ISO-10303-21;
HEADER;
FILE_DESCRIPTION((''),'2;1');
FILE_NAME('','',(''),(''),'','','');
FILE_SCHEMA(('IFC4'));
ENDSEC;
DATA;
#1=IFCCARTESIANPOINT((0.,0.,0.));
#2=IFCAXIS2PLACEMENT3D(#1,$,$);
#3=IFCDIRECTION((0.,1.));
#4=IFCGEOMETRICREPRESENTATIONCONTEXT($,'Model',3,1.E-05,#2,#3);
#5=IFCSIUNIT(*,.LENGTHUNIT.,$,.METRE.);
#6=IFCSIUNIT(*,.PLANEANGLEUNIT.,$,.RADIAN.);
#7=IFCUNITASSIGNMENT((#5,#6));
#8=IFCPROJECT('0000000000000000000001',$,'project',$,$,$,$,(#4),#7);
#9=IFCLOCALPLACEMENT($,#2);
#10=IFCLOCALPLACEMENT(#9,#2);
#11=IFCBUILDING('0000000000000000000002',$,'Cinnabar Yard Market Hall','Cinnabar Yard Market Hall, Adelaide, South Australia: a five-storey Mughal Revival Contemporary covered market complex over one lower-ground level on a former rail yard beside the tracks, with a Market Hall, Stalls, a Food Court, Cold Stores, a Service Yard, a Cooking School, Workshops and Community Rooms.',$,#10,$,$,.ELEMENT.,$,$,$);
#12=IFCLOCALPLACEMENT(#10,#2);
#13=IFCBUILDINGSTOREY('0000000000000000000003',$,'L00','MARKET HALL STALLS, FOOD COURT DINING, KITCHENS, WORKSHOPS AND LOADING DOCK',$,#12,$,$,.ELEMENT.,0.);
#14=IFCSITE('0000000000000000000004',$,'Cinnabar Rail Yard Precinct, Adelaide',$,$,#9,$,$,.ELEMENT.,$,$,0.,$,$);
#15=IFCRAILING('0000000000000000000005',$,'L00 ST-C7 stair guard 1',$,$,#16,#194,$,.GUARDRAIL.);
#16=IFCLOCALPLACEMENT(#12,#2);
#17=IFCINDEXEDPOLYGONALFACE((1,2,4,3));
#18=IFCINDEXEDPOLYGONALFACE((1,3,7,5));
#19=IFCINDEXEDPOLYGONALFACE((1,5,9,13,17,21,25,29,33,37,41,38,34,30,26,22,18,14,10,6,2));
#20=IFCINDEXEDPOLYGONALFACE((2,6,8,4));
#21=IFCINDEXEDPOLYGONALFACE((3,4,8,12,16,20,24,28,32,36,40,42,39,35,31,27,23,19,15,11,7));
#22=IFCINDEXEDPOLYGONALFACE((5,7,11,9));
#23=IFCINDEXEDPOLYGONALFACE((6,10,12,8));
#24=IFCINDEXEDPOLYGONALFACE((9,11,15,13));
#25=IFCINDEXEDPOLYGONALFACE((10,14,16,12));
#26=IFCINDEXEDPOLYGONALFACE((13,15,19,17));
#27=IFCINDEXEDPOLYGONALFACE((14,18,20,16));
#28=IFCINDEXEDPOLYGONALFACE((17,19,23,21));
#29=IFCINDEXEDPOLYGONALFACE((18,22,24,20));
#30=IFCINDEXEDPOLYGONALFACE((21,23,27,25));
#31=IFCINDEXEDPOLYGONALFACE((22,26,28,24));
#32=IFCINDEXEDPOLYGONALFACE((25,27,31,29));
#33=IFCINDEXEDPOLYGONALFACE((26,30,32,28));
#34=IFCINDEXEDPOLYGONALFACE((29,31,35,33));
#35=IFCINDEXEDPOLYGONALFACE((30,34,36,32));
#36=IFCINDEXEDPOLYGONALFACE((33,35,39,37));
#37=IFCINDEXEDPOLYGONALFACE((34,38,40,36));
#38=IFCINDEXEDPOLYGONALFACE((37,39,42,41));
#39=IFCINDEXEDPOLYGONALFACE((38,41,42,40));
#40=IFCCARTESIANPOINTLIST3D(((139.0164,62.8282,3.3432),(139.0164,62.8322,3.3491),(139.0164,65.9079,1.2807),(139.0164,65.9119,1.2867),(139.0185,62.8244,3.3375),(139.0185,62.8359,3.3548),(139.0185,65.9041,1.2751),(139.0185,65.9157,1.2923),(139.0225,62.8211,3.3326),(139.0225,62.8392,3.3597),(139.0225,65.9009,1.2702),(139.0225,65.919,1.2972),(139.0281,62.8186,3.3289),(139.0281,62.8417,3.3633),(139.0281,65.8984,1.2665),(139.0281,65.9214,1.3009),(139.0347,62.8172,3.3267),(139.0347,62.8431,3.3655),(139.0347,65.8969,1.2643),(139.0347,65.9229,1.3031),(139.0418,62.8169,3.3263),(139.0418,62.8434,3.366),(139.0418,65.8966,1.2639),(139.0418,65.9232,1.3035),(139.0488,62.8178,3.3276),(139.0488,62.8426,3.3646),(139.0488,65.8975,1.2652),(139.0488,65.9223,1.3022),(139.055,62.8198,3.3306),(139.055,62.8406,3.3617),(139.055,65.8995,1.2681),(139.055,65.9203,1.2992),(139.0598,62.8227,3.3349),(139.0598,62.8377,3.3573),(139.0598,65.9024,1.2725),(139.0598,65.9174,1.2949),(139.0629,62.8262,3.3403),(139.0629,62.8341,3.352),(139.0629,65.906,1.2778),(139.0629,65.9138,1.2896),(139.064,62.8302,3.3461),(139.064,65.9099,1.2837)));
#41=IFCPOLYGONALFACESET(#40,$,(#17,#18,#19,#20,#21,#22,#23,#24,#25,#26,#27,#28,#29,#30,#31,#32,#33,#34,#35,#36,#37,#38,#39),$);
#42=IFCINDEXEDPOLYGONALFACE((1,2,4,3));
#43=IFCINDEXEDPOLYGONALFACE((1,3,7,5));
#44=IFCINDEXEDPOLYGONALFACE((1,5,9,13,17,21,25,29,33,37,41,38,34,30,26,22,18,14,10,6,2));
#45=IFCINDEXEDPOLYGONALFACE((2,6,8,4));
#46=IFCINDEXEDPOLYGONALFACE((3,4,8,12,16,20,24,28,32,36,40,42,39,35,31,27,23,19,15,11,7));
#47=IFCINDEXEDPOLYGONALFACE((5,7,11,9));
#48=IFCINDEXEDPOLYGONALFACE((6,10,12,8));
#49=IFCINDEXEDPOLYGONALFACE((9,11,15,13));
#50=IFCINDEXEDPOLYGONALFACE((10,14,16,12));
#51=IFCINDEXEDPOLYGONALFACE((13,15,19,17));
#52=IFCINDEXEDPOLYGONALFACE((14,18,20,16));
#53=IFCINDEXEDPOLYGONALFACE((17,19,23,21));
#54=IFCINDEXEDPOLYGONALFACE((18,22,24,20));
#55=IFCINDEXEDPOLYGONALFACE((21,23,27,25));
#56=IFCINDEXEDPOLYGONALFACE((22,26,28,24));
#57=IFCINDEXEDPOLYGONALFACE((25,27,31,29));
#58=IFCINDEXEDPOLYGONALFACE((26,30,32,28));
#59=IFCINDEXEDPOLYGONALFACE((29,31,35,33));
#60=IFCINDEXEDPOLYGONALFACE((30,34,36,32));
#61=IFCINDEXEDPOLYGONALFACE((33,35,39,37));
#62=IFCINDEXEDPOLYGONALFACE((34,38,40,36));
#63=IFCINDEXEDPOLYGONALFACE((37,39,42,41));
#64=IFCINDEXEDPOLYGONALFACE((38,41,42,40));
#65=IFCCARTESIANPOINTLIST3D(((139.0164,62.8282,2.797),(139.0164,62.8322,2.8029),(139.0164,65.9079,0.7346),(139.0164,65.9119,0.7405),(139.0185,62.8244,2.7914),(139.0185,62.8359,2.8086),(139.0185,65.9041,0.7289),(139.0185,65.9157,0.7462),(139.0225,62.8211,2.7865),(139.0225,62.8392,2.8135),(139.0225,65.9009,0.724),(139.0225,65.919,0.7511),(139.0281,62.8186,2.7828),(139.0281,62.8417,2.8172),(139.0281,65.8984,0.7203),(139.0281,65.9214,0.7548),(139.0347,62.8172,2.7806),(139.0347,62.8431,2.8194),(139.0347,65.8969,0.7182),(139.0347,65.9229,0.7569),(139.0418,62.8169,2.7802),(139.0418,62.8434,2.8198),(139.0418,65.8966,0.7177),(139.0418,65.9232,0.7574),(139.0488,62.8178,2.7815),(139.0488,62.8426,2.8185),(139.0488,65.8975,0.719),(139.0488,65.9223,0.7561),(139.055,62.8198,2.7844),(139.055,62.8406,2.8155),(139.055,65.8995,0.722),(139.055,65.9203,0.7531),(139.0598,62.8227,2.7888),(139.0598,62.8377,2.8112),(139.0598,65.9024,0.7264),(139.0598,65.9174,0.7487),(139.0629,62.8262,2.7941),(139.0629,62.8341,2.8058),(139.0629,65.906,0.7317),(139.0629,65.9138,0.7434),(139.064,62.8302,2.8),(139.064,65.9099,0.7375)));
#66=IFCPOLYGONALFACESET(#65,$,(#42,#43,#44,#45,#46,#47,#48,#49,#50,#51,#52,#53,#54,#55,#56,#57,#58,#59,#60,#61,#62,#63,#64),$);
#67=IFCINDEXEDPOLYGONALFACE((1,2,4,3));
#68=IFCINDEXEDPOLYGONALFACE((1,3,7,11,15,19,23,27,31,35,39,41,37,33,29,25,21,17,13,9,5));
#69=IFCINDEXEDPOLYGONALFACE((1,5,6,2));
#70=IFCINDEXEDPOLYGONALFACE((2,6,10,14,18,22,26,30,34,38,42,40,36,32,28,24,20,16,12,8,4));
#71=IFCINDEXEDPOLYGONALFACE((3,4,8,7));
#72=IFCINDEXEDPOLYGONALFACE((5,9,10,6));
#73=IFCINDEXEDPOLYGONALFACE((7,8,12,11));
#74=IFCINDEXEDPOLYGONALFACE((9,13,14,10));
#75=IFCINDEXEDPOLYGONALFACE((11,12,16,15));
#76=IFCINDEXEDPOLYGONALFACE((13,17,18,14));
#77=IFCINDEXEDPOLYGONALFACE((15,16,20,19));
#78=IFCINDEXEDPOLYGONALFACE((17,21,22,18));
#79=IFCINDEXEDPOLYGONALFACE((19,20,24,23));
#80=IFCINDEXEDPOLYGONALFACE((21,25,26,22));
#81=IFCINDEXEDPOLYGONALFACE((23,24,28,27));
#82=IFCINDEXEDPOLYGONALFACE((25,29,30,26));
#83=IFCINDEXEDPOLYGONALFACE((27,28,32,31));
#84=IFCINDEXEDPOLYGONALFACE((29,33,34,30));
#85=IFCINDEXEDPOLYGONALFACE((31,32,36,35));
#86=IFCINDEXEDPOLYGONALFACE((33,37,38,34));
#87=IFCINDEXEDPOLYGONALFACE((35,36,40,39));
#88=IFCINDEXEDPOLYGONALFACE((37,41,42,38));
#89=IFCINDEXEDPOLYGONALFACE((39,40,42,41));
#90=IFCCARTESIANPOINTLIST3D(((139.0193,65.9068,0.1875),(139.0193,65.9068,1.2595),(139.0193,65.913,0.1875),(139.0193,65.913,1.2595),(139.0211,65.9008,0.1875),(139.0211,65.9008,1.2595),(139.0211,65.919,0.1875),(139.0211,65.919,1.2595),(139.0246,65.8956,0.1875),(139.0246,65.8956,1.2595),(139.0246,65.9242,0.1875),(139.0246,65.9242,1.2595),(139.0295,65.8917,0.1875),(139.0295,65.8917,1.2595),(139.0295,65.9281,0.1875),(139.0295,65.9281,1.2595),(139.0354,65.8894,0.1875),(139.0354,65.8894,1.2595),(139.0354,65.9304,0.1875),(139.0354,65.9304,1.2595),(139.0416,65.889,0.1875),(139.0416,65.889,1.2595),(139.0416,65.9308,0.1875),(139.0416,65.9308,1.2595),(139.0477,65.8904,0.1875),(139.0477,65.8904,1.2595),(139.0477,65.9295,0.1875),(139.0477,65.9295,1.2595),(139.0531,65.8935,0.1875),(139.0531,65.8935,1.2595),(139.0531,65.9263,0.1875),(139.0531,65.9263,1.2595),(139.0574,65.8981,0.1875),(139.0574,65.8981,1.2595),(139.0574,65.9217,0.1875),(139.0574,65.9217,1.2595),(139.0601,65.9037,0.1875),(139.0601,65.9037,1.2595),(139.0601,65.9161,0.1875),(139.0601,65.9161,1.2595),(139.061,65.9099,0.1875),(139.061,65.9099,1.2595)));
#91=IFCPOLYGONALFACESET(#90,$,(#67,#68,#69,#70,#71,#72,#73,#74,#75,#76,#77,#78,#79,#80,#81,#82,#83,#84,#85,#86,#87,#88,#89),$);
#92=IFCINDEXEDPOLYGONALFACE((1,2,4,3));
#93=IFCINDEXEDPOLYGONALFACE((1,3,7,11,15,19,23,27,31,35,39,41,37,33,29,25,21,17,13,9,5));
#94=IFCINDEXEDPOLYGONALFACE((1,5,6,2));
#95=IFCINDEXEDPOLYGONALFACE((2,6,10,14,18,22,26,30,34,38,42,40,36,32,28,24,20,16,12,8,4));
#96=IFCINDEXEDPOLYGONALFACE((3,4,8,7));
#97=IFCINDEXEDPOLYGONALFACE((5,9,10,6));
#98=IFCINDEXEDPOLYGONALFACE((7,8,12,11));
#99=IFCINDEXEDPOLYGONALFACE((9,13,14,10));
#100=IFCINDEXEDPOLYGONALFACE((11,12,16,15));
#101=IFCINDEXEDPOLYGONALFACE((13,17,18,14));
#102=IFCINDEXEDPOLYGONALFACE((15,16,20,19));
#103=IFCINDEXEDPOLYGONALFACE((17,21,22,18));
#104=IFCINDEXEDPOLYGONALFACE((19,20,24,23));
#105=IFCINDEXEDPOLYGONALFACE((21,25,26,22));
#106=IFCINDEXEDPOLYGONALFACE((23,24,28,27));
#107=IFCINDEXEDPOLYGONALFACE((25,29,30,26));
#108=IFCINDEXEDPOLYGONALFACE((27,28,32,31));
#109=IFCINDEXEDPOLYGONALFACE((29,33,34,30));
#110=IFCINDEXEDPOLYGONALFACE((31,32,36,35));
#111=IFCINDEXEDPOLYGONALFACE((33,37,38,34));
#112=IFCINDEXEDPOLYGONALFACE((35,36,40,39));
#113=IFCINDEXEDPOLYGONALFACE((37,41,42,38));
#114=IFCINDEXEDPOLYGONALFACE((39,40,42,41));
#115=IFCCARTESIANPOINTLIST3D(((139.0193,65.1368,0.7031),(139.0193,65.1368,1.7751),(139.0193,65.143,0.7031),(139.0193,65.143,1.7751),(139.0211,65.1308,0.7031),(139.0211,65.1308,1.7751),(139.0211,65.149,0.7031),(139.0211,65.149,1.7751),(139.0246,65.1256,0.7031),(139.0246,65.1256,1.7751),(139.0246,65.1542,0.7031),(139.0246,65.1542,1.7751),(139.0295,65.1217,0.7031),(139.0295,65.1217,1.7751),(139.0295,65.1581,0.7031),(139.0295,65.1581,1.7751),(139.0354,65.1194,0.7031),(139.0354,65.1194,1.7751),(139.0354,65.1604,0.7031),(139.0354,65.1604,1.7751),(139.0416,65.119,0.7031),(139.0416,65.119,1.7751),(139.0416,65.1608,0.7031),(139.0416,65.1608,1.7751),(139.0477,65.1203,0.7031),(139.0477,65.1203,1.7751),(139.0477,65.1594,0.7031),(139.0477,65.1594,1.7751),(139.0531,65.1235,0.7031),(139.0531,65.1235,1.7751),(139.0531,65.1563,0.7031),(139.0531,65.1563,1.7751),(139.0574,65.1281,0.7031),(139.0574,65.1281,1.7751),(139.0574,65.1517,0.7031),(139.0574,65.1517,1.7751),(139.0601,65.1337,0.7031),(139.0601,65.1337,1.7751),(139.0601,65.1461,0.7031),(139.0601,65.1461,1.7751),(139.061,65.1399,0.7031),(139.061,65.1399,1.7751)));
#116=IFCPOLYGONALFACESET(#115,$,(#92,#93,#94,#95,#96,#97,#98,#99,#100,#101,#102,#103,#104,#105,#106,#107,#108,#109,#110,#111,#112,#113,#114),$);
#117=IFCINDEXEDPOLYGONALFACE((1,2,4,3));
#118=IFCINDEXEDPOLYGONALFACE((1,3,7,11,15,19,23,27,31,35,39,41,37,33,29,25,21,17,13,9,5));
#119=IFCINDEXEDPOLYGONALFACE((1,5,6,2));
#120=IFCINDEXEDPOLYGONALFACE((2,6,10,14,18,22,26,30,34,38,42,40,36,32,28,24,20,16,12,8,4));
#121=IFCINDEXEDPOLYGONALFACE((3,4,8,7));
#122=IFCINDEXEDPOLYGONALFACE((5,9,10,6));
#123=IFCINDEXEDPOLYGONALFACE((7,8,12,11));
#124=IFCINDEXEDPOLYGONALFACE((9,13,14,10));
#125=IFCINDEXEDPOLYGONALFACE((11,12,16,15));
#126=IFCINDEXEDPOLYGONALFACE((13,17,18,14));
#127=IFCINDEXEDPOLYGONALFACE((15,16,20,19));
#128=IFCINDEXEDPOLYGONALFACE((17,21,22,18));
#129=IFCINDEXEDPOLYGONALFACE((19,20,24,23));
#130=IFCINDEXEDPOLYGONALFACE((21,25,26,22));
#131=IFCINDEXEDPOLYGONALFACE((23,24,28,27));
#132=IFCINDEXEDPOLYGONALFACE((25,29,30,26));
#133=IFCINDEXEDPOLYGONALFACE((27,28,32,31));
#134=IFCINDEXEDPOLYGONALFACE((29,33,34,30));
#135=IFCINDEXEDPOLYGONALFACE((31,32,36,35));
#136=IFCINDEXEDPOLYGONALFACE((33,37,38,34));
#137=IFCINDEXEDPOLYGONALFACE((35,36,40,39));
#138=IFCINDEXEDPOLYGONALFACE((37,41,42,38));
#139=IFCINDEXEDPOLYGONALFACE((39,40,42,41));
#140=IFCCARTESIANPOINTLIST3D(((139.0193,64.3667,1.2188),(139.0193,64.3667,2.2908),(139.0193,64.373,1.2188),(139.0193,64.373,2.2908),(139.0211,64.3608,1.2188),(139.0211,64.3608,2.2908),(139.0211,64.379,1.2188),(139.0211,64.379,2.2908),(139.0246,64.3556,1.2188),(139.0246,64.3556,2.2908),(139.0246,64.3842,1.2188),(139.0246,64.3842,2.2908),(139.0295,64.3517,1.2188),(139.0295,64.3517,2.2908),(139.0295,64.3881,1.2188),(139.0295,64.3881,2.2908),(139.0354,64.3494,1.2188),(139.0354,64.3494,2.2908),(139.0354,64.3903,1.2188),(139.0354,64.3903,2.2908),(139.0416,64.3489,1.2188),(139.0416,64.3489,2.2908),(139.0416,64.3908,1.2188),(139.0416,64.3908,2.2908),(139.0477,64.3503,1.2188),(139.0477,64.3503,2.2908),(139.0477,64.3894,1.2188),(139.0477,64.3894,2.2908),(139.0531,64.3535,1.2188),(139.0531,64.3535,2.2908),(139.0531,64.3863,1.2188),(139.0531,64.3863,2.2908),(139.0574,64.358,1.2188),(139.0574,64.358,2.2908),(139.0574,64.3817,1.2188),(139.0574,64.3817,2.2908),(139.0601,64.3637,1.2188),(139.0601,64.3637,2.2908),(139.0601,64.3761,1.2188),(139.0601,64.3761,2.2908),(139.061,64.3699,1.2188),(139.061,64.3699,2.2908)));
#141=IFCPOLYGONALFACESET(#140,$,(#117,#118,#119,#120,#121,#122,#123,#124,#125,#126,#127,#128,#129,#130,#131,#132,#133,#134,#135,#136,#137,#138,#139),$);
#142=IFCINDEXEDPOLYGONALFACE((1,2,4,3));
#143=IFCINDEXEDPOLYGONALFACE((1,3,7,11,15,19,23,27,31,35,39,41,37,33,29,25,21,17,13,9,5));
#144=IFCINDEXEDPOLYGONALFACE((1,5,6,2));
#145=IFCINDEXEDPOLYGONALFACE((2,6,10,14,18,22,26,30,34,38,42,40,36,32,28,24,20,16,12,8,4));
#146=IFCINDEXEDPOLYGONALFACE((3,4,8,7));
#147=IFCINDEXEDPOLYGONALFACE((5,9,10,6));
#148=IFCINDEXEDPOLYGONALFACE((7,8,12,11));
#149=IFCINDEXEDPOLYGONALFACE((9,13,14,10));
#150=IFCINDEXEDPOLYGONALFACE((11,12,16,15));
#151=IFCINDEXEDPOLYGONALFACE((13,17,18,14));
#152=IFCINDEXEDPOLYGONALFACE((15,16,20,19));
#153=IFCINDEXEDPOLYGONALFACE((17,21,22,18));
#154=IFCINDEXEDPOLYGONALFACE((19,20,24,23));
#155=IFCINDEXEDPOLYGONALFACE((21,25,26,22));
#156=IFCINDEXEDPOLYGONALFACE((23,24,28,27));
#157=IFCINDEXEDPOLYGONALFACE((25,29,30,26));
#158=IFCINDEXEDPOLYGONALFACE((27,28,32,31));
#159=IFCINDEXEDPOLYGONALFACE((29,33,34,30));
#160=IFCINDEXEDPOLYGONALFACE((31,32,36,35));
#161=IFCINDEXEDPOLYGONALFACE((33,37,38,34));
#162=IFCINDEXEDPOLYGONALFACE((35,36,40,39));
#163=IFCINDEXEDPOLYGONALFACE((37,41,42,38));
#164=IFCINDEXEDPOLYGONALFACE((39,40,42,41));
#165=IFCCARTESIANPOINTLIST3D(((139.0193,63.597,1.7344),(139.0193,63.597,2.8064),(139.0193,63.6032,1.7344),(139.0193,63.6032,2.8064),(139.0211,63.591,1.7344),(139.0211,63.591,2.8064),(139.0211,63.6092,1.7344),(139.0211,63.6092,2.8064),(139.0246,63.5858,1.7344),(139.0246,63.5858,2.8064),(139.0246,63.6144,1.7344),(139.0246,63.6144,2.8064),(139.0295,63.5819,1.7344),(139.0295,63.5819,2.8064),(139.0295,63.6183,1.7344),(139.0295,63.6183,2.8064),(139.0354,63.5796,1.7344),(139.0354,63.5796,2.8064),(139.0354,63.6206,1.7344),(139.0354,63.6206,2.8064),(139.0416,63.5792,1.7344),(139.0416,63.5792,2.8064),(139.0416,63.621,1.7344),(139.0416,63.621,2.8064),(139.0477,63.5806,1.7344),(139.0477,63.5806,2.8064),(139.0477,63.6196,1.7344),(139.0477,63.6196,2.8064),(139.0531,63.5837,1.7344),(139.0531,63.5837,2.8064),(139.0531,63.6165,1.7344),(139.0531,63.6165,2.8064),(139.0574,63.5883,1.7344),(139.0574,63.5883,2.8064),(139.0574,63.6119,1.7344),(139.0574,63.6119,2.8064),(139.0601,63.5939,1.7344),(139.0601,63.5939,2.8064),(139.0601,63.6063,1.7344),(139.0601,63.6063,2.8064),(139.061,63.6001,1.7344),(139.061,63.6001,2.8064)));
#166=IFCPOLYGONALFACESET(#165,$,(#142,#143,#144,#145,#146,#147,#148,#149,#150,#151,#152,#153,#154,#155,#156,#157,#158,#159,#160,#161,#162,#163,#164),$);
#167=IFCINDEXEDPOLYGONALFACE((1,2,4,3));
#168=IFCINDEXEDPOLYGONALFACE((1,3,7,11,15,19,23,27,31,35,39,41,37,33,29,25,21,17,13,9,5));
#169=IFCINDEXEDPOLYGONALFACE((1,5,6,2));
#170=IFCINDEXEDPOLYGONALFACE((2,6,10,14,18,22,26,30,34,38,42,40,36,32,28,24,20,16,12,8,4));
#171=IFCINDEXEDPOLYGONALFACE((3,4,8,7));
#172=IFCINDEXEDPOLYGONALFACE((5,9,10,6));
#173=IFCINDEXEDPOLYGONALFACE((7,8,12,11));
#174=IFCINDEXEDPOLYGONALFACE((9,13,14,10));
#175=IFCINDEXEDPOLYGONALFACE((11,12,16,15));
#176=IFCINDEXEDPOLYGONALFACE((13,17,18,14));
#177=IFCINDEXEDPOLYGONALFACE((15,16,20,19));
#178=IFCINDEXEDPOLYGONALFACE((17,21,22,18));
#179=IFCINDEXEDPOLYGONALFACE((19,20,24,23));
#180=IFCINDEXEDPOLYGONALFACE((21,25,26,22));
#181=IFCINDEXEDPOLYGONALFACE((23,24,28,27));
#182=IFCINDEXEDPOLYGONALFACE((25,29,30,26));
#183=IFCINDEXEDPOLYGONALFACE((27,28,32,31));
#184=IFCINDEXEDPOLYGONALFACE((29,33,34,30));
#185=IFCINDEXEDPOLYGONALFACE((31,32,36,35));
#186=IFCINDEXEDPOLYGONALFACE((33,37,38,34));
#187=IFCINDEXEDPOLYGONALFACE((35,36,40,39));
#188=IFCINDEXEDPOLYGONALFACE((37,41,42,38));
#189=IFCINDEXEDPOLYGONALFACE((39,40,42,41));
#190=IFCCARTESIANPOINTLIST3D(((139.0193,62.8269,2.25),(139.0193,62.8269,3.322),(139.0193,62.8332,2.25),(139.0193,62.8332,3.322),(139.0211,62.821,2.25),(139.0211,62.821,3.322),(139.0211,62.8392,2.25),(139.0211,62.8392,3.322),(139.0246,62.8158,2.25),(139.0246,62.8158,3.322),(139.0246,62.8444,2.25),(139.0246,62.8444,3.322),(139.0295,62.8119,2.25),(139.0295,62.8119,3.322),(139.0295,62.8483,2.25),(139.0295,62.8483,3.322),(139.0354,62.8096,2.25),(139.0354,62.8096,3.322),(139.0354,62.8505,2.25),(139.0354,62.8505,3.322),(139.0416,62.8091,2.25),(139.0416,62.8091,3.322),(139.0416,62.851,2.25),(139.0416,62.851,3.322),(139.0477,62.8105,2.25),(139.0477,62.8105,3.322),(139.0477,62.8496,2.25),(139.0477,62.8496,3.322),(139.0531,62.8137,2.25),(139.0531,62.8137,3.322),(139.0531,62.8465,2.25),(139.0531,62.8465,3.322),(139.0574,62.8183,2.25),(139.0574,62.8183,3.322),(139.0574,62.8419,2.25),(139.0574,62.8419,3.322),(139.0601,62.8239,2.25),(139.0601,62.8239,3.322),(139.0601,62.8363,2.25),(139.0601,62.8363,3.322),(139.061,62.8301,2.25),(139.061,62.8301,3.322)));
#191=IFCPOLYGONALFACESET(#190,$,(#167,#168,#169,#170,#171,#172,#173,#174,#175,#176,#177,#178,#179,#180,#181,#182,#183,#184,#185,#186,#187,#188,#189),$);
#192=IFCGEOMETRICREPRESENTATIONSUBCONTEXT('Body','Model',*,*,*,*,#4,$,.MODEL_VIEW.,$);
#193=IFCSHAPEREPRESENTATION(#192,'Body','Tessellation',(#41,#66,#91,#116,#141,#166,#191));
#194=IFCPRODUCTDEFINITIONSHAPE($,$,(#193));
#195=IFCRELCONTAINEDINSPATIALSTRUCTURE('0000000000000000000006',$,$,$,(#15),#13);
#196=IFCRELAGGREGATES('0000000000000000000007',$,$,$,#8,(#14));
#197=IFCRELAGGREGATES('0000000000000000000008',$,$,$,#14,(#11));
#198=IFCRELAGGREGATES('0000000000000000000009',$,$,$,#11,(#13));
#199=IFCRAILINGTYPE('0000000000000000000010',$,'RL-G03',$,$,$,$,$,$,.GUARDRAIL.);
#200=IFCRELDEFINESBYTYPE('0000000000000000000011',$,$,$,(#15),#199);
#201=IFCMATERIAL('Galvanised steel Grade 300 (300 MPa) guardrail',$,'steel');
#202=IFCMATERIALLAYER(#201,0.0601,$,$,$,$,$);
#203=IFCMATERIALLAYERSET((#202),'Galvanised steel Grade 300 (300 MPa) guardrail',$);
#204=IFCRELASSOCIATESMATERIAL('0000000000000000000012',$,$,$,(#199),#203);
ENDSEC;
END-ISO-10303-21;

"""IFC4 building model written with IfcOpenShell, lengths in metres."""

from ifc_helpers import new_model, si_unit, direction, frame, origin, origin_2d_with_axis, place, context, subcontext, project, spatial, circle, extrude, material, layer, layer_set, type_object, element, save


model = new_model("IFC4")

# Units and contexts
model_context = context("Model", 3, precision=1e-05, world=origin(), true_north=direction((0.0, 1.0)))
body_context = subcontext(model_context, "Body", "Model", "MODEL_VIEW")
ifc_project = project(units=[si_unit("LENGTHUNIT", "METRE"), si_unit("PLANEANGLEUNIT", "RADIAN")], contexts=[model_context])

# Site, building, storey
site_placement = place(None, origin())
site = spatial("IfcSite", under=ifc_project, at=site_placement, Name="Cinnabar Rail Yard Precinct, Adelaide", CompositionType="ELEMENT", RefElevation=0.0)
building_placement = place(site_placement, origin())
building = spatial("IfcBuilding", under=site, at=building_placement, Name="Cinnabar Yard Market Hall", Description="Cinnabar Yard Market Hall, Adelaide, South Australia: a five-storey Mughal Revival Contemporary covered market complex over one lower-ground level on a former rail yard beside the tracks, with a Market Hall, Stalls, a Food Court, Cold Stores, a Service Yard, a Cooking School, Workshops and Community Rooms.", CompositionType="ELEMENT")
storey_placement = place(building_placement, origin())
storey = spatial("IfcBuildingStorey", under=building, at=storey_placement, Name="L00", Description="MARKET HALL STALLS, FOOD COURT DINING, KITCHENS, WORKSHOPS AND LOADING DOCK", CompositionType="ELEMENT", Elevation=0.0)

# Railing
ifc_material_1 = material(Name="Galvanised steel Grade 300 (300 MPa) guardrail", Category="steel")
ifc_layer_1 = layer(ifc_material_1, 0.0601)
ifc_layer_set_1 = layer_set([ifc_layer_1], Name="Galvanised steel Grade 300 (300 MPa) guardrail")
railing_type_1 = type_object("IfcRailingType", Name="RL-G03", PredefinedType="GUARDRAIL", material=ifc_layer_set_1)
railing_1_placement = place(storey_placement, frame((139.04, 65.9099, 0.1875)))
element("IfcRailing", 1, at=railing_1_placement, inside=storey, type_object=railing_type_1, Name="L00 ST-C7 stair guard 1", PredefinedType="GUARDRAIL", context=body_context, shape_type="SweptSolid", body=[
    extrude(circle(Radius=0.0239, at=origin_2d_with_axis()), frame((0.0, 0.0, 1.0962), z_axis=(0.0, -0.830893, 0.556432), x_axis=(1.0, 0.0, 0.0)), (0.0, 0.0, 1.0), 3.7065),
    extrude(circle(Radius=0.0239, at=origin_2d_with_axis()), frame((0.0, 0.0, 0.55), z_axis=(0.0, -0.830893, 0.556432), x_axis=(1.0, 0.0, 0.0)), (0.0, 0.0, 1.0), 3.7065),
    extrude(circle(Radius=0.021, at=origin_2d_with_axis()), origin(), (0.0, 0.0, 1.0), 1.072),
    extrude(circle(Radius=0.021, at=origin_2d_with_axis()), frame((0.0, -0.77, 0.5156)), (0.0, 0.0, 1.0), 1.072),
    extrude(circle(Radius=0.021, at=origin_2d_with_axis()), frame((0.0, -1.54, 1.0312)), (0.0, 0.0, 1.0), 1.072),
    extrude(circle(Radius=0.021, at=origin_2d_with_axis()), frame((0.0, -2.3098, 1.5469)), (0.0, 0.0, 1.0), 1.072),
    extrude(circle(Radius=0.021, at=origin_2d_with_axis()), frame((0.0, -3.0798, 2.0625)), (0.0, 0.0, 1.0), 1.072),
])

save(model, "model.ifc")
